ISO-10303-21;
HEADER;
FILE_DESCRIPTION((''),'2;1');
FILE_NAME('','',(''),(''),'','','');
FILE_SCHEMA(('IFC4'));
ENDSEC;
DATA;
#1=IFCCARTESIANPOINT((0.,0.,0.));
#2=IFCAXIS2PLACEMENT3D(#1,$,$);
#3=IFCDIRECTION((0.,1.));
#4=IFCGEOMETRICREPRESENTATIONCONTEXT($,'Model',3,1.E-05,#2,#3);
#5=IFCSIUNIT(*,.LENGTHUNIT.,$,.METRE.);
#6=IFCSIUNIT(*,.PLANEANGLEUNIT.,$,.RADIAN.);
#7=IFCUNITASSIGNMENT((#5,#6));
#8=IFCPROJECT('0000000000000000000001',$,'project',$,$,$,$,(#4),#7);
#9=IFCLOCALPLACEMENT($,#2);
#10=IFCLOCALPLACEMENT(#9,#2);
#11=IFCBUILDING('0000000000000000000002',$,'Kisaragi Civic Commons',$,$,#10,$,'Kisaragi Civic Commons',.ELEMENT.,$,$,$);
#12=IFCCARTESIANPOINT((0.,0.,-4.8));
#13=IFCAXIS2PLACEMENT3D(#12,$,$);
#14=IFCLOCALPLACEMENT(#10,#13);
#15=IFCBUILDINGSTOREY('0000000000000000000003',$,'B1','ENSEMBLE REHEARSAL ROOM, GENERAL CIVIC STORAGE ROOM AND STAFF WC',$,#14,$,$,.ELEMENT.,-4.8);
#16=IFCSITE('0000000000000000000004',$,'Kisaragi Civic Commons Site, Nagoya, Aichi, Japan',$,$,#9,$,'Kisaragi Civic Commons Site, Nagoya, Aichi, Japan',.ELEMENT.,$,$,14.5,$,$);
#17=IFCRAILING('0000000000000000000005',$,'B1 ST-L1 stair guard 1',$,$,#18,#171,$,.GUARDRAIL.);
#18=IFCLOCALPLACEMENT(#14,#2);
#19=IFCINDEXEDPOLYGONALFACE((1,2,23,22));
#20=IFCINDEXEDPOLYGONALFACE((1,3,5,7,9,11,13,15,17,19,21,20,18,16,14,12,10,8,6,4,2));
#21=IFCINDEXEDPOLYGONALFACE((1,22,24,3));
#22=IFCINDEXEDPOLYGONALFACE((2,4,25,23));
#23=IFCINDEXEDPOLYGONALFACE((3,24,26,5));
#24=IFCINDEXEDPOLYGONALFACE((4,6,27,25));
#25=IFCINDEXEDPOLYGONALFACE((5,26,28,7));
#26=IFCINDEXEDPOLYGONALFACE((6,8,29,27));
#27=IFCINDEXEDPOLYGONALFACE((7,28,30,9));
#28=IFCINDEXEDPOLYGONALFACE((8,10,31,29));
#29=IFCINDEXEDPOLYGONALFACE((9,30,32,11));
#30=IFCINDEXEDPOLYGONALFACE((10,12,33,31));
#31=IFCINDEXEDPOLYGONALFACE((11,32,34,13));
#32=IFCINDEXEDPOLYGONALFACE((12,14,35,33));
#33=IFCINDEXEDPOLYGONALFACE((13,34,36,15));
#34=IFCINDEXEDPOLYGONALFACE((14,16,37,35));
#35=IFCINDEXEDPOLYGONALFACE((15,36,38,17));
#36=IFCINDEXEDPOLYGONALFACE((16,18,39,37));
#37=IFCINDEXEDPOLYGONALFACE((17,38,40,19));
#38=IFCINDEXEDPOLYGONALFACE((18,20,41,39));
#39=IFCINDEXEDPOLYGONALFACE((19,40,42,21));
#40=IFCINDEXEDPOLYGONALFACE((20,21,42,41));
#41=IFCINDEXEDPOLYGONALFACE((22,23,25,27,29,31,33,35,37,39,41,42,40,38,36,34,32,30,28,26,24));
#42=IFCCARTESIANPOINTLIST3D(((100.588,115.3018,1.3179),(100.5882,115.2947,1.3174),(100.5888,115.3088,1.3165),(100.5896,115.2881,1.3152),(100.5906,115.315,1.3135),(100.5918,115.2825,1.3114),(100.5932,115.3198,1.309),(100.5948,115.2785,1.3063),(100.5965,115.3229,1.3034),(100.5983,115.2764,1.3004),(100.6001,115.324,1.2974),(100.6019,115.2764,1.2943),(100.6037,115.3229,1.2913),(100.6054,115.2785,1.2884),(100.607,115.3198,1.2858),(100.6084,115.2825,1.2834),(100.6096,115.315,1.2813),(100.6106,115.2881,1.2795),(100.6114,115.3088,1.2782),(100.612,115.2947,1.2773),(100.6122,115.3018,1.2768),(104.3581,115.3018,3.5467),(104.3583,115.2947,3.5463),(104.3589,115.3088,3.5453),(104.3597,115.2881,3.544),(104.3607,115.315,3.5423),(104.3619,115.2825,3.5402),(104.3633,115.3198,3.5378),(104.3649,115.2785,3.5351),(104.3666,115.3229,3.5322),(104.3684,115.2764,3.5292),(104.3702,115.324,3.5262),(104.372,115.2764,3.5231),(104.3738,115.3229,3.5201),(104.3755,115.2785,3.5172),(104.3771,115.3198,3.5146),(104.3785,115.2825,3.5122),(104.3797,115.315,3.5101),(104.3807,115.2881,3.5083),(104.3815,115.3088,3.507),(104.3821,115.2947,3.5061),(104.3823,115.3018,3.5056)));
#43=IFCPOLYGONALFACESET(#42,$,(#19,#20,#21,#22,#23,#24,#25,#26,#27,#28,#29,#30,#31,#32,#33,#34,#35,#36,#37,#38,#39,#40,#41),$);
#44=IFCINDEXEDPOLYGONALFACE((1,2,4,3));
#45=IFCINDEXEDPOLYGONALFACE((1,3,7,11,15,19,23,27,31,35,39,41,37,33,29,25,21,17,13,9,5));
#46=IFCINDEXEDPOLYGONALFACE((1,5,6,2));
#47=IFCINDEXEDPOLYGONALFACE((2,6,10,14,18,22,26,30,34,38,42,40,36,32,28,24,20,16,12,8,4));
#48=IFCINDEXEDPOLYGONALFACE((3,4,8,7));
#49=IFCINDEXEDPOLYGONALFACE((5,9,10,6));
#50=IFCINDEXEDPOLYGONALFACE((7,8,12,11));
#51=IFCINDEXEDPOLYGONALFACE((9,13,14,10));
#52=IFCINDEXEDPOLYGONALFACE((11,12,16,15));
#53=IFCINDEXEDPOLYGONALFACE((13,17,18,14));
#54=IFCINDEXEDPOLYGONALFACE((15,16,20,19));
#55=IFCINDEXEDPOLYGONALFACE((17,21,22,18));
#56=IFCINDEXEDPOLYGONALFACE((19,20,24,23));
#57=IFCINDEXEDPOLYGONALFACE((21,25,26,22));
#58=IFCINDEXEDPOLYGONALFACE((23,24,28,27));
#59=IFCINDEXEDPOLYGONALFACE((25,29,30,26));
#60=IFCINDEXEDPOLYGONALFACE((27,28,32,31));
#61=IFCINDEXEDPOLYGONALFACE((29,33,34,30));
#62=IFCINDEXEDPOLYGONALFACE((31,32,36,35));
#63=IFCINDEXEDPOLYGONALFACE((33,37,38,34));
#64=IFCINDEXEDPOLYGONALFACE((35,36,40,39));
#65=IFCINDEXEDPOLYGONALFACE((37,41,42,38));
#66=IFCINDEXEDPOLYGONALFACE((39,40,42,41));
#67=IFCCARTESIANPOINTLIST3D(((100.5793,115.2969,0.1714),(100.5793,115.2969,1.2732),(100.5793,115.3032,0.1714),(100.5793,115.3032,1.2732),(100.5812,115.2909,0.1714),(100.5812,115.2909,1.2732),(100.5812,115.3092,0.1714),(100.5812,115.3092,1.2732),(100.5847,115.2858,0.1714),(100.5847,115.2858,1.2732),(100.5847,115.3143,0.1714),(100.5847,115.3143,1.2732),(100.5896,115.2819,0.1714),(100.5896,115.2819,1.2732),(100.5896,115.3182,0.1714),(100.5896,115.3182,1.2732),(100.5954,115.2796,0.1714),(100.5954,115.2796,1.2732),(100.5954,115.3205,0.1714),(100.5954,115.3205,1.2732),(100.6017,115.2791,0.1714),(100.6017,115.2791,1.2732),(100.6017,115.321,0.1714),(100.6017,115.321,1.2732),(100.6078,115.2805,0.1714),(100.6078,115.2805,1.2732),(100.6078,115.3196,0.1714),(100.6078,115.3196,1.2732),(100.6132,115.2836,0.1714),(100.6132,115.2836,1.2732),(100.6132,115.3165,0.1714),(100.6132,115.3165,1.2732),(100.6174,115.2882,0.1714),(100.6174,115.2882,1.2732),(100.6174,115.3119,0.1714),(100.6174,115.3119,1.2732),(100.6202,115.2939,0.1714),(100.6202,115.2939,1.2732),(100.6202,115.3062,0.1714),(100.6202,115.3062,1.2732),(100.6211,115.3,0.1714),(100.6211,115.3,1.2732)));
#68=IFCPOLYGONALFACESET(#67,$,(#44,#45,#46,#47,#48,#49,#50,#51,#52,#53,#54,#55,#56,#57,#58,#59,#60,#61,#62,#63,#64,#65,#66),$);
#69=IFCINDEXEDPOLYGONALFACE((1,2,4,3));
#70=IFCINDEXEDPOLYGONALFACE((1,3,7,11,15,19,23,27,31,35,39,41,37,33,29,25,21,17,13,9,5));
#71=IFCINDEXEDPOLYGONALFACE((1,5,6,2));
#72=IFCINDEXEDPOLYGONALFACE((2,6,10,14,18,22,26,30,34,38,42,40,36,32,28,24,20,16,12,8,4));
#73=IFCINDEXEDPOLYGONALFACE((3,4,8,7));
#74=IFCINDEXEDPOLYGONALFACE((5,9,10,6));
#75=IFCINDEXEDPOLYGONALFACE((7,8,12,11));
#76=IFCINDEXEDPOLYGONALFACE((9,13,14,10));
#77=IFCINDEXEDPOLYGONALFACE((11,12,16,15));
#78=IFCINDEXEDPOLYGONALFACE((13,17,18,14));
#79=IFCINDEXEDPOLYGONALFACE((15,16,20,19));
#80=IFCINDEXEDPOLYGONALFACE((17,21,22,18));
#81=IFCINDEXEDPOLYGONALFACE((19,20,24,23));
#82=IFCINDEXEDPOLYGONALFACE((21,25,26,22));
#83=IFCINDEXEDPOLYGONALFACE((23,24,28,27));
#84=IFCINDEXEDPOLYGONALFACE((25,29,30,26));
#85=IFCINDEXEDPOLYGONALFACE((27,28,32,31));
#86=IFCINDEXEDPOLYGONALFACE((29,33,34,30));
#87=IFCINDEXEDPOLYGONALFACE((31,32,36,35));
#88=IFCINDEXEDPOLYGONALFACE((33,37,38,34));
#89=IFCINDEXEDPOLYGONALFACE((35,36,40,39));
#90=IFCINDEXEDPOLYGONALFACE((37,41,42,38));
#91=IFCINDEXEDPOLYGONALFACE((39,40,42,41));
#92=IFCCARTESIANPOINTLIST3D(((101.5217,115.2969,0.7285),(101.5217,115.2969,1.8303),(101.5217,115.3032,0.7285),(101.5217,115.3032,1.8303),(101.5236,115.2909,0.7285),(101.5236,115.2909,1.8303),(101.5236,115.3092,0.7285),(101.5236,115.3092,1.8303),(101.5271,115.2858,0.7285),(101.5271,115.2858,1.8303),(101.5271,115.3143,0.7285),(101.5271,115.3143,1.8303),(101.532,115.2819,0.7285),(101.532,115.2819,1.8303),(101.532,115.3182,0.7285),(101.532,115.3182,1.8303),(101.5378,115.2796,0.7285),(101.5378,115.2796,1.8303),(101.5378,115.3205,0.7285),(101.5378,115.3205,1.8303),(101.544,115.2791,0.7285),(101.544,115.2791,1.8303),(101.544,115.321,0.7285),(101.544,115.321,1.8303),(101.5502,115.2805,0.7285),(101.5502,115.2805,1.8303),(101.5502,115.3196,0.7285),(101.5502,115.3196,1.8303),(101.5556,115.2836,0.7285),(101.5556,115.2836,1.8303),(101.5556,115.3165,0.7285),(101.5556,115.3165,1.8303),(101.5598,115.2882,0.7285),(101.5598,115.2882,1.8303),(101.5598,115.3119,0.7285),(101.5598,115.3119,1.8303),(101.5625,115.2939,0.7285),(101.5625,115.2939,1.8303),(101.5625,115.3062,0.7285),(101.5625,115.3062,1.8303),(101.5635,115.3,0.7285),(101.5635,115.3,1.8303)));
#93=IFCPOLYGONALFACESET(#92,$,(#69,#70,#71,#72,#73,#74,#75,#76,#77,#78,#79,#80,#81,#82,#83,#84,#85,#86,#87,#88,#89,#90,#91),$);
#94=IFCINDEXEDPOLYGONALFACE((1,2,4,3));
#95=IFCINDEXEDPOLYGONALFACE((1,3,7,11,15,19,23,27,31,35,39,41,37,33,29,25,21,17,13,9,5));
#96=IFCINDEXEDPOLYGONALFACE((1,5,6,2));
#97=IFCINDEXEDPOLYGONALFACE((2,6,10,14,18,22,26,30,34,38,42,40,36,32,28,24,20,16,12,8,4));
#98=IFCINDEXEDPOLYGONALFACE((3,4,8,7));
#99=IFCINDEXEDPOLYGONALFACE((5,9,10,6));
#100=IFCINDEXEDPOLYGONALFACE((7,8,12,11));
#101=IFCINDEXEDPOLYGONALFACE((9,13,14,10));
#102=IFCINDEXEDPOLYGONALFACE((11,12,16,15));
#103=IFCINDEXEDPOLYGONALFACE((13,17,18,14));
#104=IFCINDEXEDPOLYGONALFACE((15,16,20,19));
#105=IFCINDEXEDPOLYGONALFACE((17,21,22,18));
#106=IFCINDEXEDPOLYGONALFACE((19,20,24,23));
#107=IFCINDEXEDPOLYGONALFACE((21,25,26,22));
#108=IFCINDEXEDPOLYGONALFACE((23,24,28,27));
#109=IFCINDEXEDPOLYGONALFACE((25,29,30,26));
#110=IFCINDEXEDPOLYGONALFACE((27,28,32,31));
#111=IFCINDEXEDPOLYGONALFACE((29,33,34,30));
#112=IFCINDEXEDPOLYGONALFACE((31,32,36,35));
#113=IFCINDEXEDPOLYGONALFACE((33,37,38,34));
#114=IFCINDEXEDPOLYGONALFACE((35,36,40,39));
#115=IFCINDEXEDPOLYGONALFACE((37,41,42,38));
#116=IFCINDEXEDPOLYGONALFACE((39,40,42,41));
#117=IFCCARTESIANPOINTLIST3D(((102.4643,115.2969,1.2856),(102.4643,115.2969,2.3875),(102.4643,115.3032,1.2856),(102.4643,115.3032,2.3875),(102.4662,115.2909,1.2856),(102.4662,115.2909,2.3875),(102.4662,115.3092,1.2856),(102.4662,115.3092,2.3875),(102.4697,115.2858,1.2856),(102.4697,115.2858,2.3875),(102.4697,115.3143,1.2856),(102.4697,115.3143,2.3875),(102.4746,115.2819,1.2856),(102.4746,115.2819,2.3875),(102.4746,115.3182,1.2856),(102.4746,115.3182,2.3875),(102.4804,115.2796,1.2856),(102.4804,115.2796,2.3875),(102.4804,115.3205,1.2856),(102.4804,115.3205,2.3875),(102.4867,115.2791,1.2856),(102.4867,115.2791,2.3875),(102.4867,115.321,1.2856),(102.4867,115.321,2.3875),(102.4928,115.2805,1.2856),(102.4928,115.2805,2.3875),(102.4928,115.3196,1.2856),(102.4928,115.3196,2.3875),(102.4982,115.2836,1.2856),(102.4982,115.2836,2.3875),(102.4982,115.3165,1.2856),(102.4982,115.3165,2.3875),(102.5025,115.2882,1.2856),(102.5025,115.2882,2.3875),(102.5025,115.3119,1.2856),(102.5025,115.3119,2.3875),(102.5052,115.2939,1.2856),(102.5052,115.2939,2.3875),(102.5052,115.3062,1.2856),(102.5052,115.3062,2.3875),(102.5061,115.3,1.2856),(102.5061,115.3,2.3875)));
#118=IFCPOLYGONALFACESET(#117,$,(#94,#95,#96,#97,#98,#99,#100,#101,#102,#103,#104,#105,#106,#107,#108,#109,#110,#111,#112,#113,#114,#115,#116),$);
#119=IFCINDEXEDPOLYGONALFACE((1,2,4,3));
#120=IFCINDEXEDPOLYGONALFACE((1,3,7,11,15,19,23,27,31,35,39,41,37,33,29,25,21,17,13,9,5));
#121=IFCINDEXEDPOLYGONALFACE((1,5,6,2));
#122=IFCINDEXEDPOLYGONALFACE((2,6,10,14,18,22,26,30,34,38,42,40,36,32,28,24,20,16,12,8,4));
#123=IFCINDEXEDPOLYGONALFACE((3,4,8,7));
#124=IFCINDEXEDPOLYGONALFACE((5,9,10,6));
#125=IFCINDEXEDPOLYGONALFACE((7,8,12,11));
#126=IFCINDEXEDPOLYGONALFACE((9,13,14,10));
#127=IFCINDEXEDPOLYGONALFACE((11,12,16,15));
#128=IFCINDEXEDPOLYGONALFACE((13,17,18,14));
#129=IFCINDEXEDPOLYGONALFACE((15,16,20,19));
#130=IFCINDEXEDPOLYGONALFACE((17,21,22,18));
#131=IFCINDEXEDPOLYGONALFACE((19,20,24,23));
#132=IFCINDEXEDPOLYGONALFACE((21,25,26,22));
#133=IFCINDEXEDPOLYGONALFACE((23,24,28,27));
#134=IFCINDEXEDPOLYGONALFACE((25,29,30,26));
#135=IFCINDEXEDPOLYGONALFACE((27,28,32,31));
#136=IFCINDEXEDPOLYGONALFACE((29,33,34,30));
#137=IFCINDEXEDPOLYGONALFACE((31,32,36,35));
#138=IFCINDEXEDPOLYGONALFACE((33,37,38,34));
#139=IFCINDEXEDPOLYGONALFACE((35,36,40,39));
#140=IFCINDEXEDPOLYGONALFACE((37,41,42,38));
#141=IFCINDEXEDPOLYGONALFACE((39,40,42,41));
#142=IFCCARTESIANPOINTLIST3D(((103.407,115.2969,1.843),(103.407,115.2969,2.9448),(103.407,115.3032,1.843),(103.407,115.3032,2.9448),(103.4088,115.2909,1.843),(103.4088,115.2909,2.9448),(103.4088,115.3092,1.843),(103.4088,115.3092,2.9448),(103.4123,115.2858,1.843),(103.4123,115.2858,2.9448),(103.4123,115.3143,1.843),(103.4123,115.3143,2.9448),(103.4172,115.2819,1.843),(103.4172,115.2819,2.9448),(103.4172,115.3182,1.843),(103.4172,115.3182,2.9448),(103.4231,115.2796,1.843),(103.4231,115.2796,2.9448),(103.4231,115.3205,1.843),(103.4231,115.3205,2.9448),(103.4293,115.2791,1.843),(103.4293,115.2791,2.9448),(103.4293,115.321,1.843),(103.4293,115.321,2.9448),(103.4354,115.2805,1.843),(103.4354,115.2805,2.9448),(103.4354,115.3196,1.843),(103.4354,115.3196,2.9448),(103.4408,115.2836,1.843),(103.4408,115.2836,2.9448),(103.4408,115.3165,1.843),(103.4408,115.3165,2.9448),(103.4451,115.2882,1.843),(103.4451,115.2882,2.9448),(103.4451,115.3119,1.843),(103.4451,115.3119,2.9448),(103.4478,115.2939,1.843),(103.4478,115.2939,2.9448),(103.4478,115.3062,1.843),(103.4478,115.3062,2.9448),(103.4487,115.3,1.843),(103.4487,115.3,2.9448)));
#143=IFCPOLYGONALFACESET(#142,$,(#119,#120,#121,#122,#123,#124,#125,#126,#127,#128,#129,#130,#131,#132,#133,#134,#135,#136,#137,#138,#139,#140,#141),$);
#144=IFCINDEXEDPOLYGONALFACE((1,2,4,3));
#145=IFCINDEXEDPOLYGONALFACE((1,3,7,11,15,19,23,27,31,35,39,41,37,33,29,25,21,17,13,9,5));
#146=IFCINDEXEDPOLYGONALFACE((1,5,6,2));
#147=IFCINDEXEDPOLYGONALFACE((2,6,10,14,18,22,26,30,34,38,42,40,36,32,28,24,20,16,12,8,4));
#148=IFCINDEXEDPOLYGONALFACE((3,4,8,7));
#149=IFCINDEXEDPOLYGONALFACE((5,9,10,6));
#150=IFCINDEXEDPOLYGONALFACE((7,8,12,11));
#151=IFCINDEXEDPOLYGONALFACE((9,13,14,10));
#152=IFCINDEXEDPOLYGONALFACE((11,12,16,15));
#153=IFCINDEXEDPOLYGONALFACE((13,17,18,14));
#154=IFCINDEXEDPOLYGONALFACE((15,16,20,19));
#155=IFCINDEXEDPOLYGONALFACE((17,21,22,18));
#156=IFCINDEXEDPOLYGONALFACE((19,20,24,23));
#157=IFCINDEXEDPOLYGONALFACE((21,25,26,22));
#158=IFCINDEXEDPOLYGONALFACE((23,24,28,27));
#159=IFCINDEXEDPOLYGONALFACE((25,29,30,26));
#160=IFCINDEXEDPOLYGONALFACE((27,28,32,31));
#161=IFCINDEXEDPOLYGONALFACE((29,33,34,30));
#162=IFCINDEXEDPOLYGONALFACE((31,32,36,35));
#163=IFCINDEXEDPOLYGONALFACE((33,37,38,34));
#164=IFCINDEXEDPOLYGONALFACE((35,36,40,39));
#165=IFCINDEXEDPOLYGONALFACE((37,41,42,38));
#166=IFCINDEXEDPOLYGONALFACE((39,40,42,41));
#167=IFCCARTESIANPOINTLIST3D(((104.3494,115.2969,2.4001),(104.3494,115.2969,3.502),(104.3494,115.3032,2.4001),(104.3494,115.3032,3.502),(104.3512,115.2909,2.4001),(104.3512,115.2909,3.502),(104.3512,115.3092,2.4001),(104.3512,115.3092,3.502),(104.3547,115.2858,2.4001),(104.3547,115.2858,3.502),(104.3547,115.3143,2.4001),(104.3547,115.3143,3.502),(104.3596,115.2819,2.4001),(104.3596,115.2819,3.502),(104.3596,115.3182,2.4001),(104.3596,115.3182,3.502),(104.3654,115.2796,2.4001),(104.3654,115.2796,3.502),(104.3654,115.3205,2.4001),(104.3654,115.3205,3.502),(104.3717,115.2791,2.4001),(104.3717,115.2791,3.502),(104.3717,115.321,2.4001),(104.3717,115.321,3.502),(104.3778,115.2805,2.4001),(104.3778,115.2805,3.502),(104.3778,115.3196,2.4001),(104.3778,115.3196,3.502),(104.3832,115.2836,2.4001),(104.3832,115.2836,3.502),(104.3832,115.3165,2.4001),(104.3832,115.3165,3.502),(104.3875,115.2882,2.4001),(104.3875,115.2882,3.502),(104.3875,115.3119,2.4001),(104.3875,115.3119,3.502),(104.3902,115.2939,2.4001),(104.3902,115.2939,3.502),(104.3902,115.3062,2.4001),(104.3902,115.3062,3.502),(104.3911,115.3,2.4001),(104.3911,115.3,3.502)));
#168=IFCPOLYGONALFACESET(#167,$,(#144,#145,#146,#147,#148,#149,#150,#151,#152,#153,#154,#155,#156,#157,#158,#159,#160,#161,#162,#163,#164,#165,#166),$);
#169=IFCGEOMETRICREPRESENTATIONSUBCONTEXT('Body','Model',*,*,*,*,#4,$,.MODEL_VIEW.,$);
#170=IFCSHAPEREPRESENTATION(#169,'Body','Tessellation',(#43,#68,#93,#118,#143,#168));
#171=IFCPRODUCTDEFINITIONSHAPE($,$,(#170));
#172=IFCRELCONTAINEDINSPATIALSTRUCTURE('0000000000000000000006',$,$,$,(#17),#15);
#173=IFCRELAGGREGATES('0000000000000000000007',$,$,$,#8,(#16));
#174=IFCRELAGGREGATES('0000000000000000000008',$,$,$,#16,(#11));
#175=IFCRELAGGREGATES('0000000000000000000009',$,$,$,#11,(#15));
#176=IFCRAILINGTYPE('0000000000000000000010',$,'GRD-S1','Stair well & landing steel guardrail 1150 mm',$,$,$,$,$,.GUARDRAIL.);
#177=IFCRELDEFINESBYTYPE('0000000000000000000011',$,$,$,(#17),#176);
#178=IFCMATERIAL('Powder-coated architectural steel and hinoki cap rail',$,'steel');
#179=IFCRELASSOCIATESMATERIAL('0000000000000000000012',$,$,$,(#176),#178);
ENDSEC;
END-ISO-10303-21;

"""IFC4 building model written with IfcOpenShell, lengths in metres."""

from ifc_helpers import new_model, si_unit, direction, frame, origin, origin_2d, place, context, subcontext, project, spatial, circle, extrude, material, type_object, element, save


model = new_model("IFC4")

# Units and contexts
model_context = context("Model", 3, precision=1e-05, world=origin(), true_north=direction((0.0, 1.0)))
body_context = subcontext(model_context, "Body", "Model", "MODEL_VIEW")
ifc_project = project(units=[si_unit("LENGTHUNIT", "METRE"), si_unit("PLANEANGLEUNIT", "RADIAN")], contexts=[model_context])

# Site, building, storey
site_placement = place(None, origin())
site = spatial("IfcSite", under=ifc_project, at=site_placement, Name="Kisaragi Civic Commons Site, Nagoya, Aichi, Japan", LongName="Kisaragi Civic Commons Site, Nagoya, Aichi, Japan", CompositionType="ELEMENT", RefElevation=14.5)
building_placement = place(site_placement, origin())
building = spatial("IfcBuilding", under=site, at=building_placement, Name="Kisaragi Civic Commons", LongName="Kisaragi Civic Commons", CompositionType="ELEMENT")
storey_placement = place(building_placement, frame((0.0, 0.0, -4.8)))
storey = spatial("IfcBuildingStorey", under=building, at=storey_placement, Name="B1", Description="ENSEMBLE REHEARSAL ROOM, GENERAL CIVIC STORAGE ROOM AND STAFF WC", CompositionType="ELEMENT", Elevation=-4.8)

# Railing
ifc_material_1 = material(Name="Powder-coated architectural steel and hinoki cap rail", Category="steel")
railing_type_1 = type_object("IfcRailingType", Name="GRD-S1", Description="Stair well & landing steel guardrail 1150 mm", PredefinedType="GUARDRAIL", material=ifc_material_1)
railing_1_placement = place(storey_placement, frame((100.6001, 115.3, 0.1714)))
element("IfcRailing", 1, at=railing_1_placement, inside=storey, type_object=railing_type_1, Name="B1 ST-L1 stair guard 1", PredefinedType="GUARDRAIL", context=body_context, shape_type="SweptSolid", body=[
    extrude(circle(Radius=0.0239, at=origin_2d()), frame((0.0, 0.0, 1.126), z_axis=(0.860824, 0.0, 0.508902), x_axis=(0.0, 1.0, 0.0)), (0.0, 0.0, 1.0), 4.3796),
    extrude(circle(Radius=0.021, at=origin_2d()), origin(), (0.0, 0.0, 1.0), 1.1018),
    extrude(circle(Radius=0.021, at=origin_2d()), frame((0.9424, 0.0, 0.5571)), (0.0, 0.0, 1.0), 1.1018),
    extrude(circle(Radius=0.021, at=origin_2d()), frame((1.885, 0.0, 1.1143)), (0.0, 0.0, 1.0), 1.1018),
    extrude(circle(Radius=0.021, at=origin_2d()), frame((2.8276, 0.0, 1.6716)), (0.0, 0.0, 1.0), 1.1018),
    extrude(circle(Radius=0.021, at=origin_2d()), frame((3.77, 0.0, 2.2288)), (0.0, 0.0, 1.0), 1.1018),
])

save(model, "model.ifc")
